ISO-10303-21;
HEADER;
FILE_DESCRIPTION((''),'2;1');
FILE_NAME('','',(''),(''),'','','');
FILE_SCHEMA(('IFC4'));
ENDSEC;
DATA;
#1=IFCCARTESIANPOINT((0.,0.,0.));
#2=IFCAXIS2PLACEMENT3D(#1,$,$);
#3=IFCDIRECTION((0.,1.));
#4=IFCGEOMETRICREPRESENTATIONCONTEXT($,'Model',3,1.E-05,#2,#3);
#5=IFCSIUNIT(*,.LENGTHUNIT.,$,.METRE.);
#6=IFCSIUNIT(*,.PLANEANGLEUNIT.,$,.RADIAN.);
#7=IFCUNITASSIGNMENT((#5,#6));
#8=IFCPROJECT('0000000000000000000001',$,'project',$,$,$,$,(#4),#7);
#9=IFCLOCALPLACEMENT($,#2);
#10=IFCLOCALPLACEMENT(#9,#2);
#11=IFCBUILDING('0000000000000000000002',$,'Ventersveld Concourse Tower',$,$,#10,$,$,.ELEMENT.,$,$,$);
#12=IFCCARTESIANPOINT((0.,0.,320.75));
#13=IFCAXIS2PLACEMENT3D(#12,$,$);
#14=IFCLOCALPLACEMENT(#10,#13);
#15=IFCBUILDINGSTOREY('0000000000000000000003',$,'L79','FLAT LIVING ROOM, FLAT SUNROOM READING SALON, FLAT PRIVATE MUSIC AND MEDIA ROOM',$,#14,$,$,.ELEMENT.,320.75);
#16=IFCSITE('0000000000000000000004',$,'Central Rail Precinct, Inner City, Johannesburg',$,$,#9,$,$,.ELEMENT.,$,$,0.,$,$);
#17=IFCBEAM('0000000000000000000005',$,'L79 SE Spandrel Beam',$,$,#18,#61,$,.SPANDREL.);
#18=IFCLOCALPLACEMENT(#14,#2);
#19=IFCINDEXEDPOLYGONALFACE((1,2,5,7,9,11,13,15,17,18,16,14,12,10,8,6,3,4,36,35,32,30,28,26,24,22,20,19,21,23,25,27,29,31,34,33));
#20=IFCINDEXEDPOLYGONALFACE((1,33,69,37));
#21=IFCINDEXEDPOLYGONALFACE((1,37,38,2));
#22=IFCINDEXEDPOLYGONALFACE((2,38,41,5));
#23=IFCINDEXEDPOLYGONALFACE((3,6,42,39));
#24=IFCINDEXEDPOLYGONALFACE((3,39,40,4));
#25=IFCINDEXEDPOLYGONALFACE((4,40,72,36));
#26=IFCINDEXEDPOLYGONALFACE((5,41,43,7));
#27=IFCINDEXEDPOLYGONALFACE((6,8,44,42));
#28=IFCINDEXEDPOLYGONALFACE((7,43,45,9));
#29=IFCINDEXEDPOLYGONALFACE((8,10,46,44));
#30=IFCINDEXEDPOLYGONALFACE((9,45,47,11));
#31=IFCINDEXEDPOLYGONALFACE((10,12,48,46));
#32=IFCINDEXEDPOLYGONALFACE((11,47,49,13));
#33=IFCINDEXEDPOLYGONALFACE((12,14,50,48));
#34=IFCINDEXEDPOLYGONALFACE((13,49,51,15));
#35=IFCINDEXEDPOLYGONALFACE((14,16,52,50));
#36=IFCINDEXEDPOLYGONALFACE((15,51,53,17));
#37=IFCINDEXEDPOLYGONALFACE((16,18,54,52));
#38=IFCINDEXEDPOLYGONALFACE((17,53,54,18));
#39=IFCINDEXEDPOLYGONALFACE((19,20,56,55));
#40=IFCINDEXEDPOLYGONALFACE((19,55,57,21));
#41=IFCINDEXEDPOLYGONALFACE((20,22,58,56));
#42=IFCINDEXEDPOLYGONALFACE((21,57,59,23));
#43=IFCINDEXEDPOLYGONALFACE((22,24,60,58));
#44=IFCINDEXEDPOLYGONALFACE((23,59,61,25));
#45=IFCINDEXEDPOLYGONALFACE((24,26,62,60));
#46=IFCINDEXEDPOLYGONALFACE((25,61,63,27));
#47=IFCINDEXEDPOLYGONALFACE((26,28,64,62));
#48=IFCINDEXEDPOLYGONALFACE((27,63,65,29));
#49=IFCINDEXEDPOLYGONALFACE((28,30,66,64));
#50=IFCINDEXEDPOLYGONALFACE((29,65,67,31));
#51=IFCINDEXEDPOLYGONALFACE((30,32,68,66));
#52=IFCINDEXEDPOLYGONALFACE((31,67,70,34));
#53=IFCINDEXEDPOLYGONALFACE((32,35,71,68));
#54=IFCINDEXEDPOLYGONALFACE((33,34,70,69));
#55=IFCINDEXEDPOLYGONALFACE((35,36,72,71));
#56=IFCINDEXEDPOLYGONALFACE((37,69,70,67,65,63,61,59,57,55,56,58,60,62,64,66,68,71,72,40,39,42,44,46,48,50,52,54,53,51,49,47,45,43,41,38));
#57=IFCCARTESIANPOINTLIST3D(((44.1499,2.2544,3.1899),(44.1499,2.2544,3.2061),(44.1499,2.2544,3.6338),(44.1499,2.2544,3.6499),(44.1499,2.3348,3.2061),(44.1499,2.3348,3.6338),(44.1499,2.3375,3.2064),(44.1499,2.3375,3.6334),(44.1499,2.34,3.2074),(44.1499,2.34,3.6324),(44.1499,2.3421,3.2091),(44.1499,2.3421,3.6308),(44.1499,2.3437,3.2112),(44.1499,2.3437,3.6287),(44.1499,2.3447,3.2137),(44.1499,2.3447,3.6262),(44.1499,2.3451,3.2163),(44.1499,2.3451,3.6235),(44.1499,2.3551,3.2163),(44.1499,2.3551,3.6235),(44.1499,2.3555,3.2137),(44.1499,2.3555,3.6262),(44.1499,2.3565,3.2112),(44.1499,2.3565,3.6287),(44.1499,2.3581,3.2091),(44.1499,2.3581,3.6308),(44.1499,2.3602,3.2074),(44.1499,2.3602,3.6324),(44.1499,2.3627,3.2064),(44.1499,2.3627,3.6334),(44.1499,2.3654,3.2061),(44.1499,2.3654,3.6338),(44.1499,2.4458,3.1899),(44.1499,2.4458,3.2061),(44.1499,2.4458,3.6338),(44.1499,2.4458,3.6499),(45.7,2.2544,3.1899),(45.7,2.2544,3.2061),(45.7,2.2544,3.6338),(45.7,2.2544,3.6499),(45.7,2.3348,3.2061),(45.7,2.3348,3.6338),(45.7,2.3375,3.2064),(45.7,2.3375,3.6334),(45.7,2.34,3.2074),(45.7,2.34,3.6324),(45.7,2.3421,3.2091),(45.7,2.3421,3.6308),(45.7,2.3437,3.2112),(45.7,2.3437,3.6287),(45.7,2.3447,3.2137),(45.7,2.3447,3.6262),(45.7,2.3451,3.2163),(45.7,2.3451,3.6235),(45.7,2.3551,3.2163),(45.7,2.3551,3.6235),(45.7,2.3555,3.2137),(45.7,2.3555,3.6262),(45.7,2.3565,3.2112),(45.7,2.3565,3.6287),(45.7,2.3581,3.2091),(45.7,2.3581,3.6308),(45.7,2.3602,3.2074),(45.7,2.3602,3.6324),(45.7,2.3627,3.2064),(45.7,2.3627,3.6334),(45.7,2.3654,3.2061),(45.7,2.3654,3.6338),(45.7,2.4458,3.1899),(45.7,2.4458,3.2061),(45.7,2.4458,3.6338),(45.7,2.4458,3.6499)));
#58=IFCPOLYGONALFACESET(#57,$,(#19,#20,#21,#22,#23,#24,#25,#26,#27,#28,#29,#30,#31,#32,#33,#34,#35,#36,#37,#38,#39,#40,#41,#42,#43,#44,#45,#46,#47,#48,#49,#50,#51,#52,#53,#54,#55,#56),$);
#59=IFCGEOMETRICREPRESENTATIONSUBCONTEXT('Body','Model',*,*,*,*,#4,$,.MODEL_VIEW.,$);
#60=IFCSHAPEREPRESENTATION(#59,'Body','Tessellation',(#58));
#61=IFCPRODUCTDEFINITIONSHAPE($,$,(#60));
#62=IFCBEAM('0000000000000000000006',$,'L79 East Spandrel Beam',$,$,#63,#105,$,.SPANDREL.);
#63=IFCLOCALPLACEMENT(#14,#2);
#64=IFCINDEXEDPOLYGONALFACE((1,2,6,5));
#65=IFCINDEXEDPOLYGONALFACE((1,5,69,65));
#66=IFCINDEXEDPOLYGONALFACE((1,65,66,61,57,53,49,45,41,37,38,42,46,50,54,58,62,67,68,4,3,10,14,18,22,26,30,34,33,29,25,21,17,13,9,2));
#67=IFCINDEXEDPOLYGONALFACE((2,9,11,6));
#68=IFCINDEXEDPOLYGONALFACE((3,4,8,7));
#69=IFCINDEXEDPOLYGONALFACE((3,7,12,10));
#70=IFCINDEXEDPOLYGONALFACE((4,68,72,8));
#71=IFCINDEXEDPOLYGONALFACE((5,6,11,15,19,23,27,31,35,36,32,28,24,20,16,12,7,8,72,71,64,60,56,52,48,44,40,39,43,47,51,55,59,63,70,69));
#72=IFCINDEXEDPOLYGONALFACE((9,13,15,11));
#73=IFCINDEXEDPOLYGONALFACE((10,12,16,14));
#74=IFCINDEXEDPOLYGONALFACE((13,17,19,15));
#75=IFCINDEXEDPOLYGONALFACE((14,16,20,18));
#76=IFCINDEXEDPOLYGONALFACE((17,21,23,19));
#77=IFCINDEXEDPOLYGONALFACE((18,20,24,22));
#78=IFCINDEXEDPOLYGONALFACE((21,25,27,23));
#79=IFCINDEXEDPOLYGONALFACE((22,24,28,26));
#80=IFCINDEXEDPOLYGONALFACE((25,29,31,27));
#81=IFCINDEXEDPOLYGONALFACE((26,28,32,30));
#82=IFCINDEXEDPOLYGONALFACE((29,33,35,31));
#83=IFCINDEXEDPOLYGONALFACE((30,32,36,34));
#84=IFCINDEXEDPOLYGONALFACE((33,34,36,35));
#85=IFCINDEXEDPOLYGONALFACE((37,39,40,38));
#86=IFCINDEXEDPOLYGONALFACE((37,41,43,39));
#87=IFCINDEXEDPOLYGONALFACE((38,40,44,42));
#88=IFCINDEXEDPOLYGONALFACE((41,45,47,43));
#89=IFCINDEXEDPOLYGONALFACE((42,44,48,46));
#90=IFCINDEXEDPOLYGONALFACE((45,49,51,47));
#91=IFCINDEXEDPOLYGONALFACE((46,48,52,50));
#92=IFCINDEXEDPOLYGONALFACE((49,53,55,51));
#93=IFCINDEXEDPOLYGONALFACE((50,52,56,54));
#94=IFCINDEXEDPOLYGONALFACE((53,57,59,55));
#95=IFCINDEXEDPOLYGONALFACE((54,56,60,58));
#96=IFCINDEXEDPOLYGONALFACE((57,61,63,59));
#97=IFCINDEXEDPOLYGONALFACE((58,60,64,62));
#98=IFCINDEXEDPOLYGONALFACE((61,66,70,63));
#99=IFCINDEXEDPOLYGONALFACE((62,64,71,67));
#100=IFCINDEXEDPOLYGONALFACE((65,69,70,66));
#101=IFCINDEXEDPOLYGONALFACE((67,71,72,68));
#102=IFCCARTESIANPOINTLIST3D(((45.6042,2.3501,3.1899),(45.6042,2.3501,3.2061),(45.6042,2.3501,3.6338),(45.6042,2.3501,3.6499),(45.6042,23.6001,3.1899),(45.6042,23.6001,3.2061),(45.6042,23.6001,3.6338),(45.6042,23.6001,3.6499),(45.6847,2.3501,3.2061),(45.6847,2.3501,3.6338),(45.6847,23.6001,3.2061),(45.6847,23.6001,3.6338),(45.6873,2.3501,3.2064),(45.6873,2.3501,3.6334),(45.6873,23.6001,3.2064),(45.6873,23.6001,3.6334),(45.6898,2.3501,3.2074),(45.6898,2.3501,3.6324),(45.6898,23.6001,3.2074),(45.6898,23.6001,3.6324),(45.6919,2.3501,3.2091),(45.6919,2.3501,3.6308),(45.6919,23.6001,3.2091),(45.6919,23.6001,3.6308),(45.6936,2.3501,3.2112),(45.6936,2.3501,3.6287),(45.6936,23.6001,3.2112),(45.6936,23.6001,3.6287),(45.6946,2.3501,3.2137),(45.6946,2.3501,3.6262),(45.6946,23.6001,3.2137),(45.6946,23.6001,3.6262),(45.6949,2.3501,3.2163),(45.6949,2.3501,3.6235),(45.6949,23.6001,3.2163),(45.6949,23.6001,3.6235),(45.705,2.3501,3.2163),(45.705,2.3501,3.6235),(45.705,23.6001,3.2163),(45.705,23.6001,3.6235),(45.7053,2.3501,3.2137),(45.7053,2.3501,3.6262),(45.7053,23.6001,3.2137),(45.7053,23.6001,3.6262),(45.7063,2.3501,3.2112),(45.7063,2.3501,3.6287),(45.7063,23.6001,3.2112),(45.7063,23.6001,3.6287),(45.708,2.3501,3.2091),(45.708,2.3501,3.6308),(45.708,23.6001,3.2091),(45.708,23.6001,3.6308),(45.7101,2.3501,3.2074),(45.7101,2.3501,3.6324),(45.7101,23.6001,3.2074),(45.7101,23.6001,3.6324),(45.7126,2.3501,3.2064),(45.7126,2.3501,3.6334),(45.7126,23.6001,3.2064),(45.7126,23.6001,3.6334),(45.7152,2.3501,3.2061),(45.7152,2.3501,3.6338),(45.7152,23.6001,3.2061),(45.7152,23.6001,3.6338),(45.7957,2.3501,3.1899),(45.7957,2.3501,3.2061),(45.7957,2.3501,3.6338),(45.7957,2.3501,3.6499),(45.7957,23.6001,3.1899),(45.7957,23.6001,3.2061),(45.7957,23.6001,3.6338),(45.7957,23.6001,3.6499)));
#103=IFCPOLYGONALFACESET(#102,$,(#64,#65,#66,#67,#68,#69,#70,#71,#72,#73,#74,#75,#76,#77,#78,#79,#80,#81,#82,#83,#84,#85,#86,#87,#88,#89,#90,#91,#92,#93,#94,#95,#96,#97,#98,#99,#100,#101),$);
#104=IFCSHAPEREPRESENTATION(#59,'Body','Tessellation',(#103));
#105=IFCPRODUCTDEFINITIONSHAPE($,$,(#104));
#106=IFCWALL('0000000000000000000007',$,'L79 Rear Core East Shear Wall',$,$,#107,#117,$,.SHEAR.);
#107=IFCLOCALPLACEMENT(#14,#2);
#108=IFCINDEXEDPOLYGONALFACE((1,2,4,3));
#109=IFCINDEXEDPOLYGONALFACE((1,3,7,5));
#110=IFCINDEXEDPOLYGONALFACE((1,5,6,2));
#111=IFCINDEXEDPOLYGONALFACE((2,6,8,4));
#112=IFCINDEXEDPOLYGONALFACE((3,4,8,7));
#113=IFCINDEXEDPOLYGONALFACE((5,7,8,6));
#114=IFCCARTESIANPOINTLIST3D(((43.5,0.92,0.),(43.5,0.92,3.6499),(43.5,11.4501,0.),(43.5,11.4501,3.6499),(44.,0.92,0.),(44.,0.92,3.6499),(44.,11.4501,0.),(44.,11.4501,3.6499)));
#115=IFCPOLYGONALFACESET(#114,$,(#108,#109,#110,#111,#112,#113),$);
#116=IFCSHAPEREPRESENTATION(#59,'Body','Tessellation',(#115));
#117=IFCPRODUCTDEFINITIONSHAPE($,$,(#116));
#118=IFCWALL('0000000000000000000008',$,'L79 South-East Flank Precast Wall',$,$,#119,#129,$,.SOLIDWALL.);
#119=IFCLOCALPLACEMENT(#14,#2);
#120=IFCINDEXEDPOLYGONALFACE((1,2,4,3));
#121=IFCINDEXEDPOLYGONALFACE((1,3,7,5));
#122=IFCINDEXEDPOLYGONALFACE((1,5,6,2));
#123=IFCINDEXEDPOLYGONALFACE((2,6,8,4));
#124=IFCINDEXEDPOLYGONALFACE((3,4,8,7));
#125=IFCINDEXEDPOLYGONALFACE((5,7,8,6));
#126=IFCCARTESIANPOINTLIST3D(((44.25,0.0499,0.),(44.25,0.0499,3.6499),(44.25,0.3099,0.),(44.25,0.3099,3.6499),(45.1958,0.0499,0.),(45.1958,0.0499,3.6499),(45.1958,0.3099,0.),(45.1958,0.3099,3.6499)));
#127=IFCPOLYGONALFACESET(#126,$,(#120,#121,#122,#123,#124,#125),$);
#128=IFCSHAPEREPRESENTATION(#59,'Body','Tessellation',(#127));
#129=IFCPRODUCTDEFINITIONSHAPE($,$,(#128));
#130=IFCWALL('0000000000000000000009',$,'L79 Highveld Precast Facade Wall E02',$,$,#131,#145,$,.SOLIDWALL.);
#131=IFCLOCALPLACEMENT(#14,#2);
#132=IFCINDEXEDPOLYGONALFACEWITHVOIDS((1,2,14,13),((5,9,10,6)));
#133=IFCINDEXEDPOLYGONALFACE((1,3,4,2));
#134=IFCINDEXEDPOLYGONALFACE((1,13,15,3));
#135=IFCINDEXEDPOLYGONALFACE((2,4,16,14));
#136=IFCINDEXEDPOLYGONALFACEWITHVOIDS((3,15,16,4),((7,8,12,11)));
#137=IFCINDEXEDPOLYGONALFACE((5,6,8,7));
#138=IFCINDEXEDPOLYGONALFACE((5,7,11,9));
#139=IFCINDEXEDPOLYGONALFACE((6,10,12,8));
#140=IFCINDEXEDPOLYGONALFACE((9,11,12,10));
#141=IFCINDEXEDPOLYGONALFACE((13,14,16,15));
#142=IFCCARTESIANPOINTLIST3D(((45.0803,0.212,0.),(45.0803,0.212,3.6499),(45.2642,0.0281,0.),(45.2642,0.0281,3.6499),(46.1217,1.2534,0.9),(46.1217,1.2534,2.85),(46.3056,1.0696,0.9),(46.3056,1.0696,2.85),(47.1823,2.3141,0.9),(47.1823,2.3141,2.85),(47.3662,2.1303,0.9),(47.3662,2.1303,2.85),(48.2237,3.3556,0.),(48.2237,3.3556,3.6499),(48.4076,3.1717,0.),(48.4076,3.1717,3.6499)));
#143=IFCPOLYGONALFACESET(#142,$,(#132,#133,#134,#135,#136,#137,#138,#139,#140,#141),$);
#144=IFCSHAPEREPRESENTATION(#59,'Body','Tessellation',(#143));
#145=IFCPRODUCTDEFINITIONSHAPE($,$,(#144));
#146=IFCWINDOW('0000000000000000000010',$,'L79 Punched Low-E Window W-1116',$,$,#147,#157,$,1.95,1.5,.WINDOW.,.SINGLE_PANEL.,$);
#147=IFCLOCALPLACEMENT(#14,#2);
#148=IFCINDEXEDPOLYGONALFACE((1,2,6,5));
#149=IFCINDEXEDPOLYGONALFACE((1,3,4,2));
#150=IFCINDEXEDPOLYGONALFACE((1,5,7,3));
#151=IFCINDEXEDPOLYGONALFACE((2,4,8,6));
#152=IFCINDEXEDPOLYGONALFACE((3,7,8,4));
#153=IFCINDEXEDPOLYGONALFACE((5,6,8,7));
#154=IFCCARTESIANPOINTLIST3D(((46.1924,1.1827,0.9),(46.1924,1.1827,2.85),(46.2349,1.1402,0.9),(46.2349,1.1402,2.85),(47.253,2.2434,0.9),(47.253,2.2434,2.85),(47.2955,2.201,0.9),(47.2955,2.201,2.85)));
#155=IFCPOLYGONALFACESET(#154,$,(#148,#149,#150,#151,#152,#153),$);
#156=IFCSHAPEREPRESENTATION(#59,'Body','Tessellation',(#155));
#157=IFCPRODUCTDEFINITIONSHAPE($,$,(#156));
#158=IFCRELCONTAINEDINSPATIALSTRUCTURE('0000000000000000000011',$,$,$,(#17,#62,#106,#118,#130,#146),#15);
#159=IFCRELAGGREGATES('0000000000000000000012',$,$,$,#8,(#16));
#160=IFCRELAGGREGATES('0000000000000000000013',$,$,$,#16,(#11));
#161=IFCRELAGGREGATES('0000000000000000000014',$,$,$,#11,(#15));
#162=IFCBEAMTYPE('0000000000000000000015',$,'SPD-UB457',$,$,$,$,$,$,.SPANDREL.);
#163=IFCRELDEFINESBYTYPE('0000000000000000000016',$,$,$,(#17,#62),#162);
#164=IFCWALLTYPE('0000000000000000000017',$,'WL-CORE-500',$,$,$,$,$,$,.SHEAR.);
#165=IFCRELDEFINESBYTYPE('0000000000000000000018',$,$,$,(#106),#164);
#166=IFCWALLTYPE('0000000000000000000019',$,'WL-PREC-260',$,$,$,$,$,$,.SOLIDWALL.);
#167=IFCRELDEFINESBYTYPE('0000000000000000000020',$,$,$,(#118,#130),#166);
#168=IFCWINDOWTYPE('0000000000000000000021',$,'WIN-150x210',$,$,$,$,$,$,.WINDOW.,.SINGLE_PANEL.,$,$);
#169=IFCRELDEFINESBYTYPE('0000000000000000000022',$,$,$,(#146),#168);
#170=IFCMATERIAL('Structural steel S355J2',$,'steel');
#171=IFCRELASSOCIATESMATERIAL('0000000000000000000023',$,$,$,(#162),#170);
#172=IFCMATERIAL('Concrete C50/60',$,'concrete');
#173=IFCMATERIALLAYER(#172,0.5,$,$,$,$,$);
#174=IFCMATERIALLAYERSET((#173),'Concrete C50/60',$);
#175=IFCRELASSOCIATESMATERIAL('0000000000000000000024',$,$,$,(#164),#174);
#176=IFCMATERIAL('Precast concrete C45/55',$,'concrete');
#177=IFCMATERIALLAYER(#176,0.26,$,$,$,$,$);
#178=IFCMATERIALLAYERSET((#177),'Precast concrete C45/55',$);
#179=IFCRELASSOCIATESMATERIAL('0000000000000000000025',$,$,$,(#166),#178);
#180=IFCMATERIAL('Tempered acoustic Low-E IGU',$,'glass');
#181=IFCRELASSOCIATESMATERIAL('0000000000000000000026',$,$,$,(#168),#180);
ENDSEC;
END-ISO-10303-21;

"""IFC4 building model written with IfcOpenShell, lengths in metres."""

from ifc_helpers import new_model, si_unit, direction, frame, frame_2d, origin, origin_2d, place, context, subcontext, project, spatial, rectangle, i_section, extrude, material, layer, layer_set, material_profile, profile_set, type_object, element, fill, save


model = new_model("IFC4")

# Units and contexts
model_context = context("Model", 3, precision=1e-05, world=origin(), true_north=direction((0.0, 1.0)))
body_context = subcontext(model_context, "Body", "Model", "MODEL_VIEW")
ifc_project = project(units=[si_unit("LENGTHUNIT", "METRE"), si_unit("PLANEANGLEUNIT", "RADIAN")], contexts=[model_context])

# Site, building, storey
site_placement = place(None, origin())
site = spatial("IfcSite", under=ifc_project, at=site_placement, Name="Central Rail Precinct, Inner City, Johannesburg", CompositionType="ELEMENT", RefElevation=0.0)
building_placement = place(site_placement, origin())
building = spatial("IfcBuilding", under=site, at=building_placement, Name="Ventersveld Concourse Tower", CompositionType="ELEMENT")
storey_placement = place(building_placement, frame((0.0, 0.0, 320.75)))
storey = spatial("IfcBuildingStorey", under=building, at=storey_placement, Name="L79", Description="FLAT LIVING ROOM, FLAT SUNROOM READING SALON, FLAT PRIVATE MUSIC AND MEDIA ROOM", CompositionType="ELEMENT", Elevation=320.75)

# Shared definitions
ifc_material_1 = material(Name="Concrete C50/60", Category="concrete")

# Shared definitions
ifc_material_2 = material(Name="Structural steel S355J2", Category="steel")

# Beams
ifc_material_profile_1 = material_profile(ifc_material_2, i_section(OverallWidth=0.1914, OverallDepth=0.46, WebThickness=0.01, FlangeThickness=0.0161, FilletRadius=0.0103, at=origin_2d()), Name="UB 457x191x82")
ifc_profile_set_1 = profile_set([ifc_material_profile_1], Name="Structural steel S355J2")
beam_type_1 = type_object("IfcBeamType", Name="SPD-UB457", PredefinedType="SPANDREL", material=ifc_profile_set_1)
beam_1_placement = place(storey_placement, frame((44.1499, 2.3501, 3.4199), z_axis=(1.0, 0.0, 0.0), x_axis=(0.0, 1.0, 0.0)))
element("IfcBeam", 1, at=beam_1_placement, inside=storey, type_object=beam_type_1, Name="L79 SE Spandrel Beam", PredefinedType="SPANDREL", context=body_context, shape_type="SweptSolid", body=[
    extrude(i_section(OverallWidth=0.1914, OverallDepth=0.46, WebThickness=0.01, FlangeThickness=0.0161, FilletRadius=0.0103, at=origin_2d()), origin(), (0.0, 0.0, 1.0), 1.55),
])
beam_2_placement = place(storey_placement, frame((45.7, 2.3501, 3.4199), z_axis=(0.0, 1.0, 0.0), x_axis=(-1.0, 0.0, 0.0)))
element("IfcBeam", 2, at=beam_2_placement, inside=storey, type_object=beam_type_1, Name="L79 East Spandrel Beam", PredefinedType="SPANDREL", context=body_context, shape_type="SweptSolid", body=[
    extrude(i_section(OverallWidth=0.1914, OverallDepth=0.46, WebThickness=0.01, FlangeThickness=0.0161, FilletRadius=0.0103, at=origin_2d()), origin(), (0.0, 0.0, 1.0), 21.25),
])

# Walls
ifc_layer_1 = layer(ifc_material_1, 0.5)
ifc_layer_set_1 = layer_set([ifc_layer_1], Name="Concrete C50/60")
wall_type_1 = type_object("IfcWallType", Name="WL-CORE-500", PredefinedType="SHEAR", material=ifc_layer_set_1)
wall_1_placement = place(storey_placement, frame((43.75, 0.9199, 0.0), z_axis=(0.0, 0.0, 1.0), x_axis=(0.0, 1.0, 0.0)))
element("IfcWall", 3, at=wall_1_placement, inside=storey, type_object=wall_type_1, Name="L79 Rear Core East Shear Wall", PredefinedType="SHEAR", context=body_context, shape_type="SweptSolid", body=[
    extrude(rectangle(XDim=10.53, YDim=0.5, at=frame_2d((5.2651, 0.0))), origin(), (0.0, 0.0, 1.0), 3.6499),
])
ifc_material_3 = material(Name="Precast concrete C45/55", Category="concrete")
ifc_layer_2 = layer(ifc_material_3, 0.26)
ifc_layer_set_2 = layer_set([ifc_layer_2], Name="Precast concrete C45/55")
wall_type_2 = type_object("IfcWallType", Name="WL-PREC-260", PredefinedType="SOLIDWALL", material=ifc_layer_set_2)
wall_2_placement = place(storey_placement, frame((44.25, 0.1799, 0.0), z_axis=(0.0, 0.0, 1.0), x_axis=(1.0, 0.0, 0.0)))
element("IfcWall", 4, at=wall_2_placement, inside=storey, type_object=wall_type_2, Name="L79 South-East Flank Precast Wall", PredefinedType="SOLIDWALL", context=body_context, shape_type="SweptSolid", body=[
    extrude(rectangle(XDim=0.9458, YDim=0.26, at=frame_2d((0.4729, 0.0))), origin(), (0.0, 0.0, 1.0), 3.6499),
])

# Wall, opening, window
wall_3_placement = place(storey_placement, frame((45.1724, 0.1201, 0.0), z_axis=(0.0, 0.0, 1.0), x_axis=(0.707079, 0.707134, 0.0)))
wall_3 = element("IfcWall", 5, at=wall_3_placement, inside=storey, type_object=wall_type_2, Name="L79 Highveld Precast Facade Wall E02", PredefinedType="SOLIDWALL", context=body_context, shape_type="SweptSolid", body=[
    extrude(rectangle(XDim=4.4456, YDim=0.26, at=frame_2d((2.2227, 0.0))), origin(), (0.0, 0.0, 1.0), 3.6499),
])
opening_1_placement = place(wall_3_placement, frame((1.4727, 0.0, 0.8999)))
opening_1 = element("IfcOpeningElement", 6, at=opening_1_placement, cuts=wall_3, PredefinedType="OPENING", context=body_context, shape_type="SweptSolid", body=[
    extrude(rectangle(XDim=1.5, YDim=1.95, at=frame_2d((0.75, 0.9751))), frame((0.0, 0.1401, 0.0), z_axis=(0.0, -1.0, 0.0), x_axis=(1.0, 0.0, 0.0)), (0.0, 0.0, 1.0), 0.28),
])
ifc_material_4 = material(Name="Tempered acoustic Low-E IGU", Category="glass")
window_type_1 = type_object("IfcWindowType", Name="WIN-150x210", PartitioningType="SINGLE_PANEL", PredefinedType="WINDOW", material=ifc_material_4)
window_1_placement = place(opening_1_placement, origin())
window_1 = element("IfcWindow", 7, at=window_1_placement, inside=storey, type_object=window_type_1, Name="L79 Punched Low-E Window W-1116", OverallHeight=1.95, OverallWidth=1.5, PartitioningType="SINGLE_PANEL", PredefinedType="WINDOW", context=body_context, shape_type="SweptSolid", body=[
    extrude(rectangle(XDim=1.5, YDim=1.95, at=frame_2d((0.75, 0.9751))), frame((0.0, 0.03, 0.0), z_axis=(0.0, -1.0, 0.0), x_axis=(1.0, 0.0, 0.0)), (0.0, 0.0, 1.0), 0.0601),
])
fill(opening_1, window_1)

save(model, "model.ifc")
